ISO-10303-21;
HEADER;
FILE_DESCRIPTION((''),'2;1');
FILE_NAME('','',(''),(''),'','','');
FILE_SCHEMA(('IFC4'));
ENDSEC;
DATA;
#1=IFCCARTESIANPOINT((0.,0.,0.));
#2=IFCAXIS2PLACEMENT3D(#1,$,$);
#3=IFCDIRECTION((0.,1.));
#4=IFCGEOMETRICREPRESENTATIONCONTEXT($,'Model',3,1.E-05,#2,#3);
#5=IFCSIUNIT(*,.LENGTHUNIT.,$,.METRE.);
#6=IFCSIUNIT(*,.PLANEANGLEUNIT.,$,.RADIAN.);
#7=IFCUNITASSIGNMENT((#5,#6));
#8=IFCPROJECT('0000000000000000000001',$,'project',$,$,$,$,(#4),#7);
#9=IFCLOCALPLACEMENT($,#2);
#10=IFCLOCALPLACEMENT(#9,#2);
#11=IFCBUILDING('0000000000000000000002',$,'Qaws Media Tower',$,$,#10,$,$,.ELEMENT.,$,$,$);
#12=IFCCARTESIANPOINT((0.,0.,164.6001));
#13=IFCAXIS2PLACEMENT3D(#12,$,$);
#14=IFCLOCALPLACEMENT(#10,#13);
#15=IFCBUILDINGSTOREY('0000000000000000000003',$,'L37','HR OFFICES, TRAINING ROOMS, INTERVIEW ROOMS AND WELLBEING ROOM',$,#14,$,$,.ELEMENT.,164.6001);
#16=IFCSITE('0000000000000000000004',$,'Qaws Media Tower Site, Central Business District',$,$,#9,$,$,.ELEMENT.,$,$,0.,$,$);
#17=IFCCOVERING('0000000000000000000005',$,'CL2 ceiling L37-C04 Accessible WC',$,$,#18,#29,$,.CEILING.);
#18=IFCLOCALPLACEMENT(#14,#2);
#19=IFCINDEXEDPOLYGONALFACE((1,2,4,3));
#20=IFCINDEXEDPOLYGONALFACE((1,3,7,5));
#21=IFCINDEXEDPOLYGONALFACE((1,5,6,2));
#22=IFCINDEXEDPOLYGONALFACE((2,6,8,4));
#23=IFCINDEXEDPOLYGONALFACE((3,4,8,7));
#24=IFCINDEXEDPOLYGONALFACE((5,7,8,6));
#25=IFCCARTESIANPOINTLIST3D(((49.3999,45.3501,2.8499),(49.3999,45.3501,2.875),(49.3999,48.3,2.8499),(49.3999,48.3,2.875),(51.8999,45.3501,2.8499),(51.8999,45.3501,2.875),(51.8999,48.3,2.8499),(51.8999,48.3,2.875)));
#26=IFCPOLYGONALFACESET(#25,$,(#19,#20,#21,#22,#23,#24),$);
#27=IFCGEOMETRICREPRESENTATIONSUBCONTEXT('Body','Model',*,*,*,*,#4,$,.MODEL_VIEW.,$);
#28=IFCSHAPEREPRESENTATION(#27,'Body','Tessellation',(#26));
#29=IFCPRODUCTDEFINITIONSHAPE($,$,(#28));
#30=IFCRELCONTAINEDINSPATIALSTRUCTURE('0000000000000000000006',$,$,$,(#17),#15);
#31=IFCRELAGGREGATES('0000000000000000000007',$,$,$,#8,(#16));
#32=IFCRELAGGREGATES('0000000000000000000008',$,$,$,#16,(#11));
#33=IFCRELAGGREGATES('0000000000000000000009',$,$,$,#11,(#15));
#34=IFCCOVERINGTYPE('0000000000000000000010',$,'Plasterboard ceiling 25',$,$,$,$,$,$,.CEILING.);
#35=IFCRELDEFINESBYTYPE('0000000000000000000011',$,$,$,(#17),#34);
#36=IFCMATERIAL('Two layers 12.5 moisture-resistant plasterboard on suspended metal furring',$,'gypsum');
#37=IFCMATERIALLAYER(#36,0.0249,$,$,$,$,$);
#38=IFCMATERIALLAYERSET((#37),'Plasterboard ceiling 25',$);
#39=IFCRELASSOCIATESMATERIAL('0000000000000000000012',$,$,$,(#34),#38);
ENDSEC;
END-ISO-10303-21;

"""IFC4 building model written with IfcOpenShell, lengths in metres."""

from ifc_helpers import new_model, si_unit, direction, frame, origin, place, context, subcontext, project, spatial, polyline, outline, extrude, material, layer, layer_set, type_object, element, save


model = new_model("IFC4")

# Units and contexts
model_context = context("Model", 3, precision=1e-05, world=origin(), true_north=direction((0.0, 1.0)))
body_context = subcontext(model_context, "Body", "Model", "MODEL_VIEW")
ifc_project = project(units=[si_unit("LENGTHUNIT", "METRE"), si_unit("PLANEANGLEUNIT", "RADIAN")], contexts=[model_context])

# Site, building, storey
site_placement = place(None, origin())
site = spatial("IfcSite", under=ifc_project, at=site_placement, Name="Qaws Media Tower Site, Central Business District", CompositionType="ELEMENT", RefElevation=0.0)
building_placement = place(site_placement, origin())
building = spatial("IfcBuilding", under=site, at=building_placement, Name="Qaws Media Tower", CompositionType="ELEMENT")
storey_placement = place(building_placement, frame((0.0, 0.0, 164.6001)))
storey = spatial("IfcBuildingStorey", under=building, at=storey_placement, Name="L37", Description="HR OFFICES, TRAINING ROOMS, INTERVIEW ROOMS AND WELLBEING ROOM", CompositionType="ELEMENT", Elevation=164.6001)

# Covering
ifc_material_1 = material(Name="Two layers 12.5 moisture-resistant plasterboard on suspended metal furring", Category="gypsum")
ifc_layer_1 = layer(ifc_material_1, 0.0249)
ifc_layer_set_1 = layer_set([ifc_layer_1], Name="Plasterboard ceiling 25")
covering_type_1 = type_object("IfcCoveringType", Name="Plasterboard ceiling 25", PredefinedType="CEILING", material=ifc_layer_set_1)
covering_1_placement = place(storey_placement, frame((0.0, 0.0, 2.8499)))
element("IfcCovering", 1, at=covering_1_placement, inside=storey, type_object=covering_type_1, Name="CL2 ceiling L37-C04 Accessible WC", PredefinedType="CEILING", context=body_context, shape_type="SweptSolid", body=[
    extrude(outline(polyline([(49.3999, 45.3501), (49.3999, 48.3), (51.8999, 48.3), (51.8999, 45.3501), (49.3999, 45.3501)])), origin(), (0.0, 0.0, 1.0), 0.0251),
])

save(model, "model.ifc")
